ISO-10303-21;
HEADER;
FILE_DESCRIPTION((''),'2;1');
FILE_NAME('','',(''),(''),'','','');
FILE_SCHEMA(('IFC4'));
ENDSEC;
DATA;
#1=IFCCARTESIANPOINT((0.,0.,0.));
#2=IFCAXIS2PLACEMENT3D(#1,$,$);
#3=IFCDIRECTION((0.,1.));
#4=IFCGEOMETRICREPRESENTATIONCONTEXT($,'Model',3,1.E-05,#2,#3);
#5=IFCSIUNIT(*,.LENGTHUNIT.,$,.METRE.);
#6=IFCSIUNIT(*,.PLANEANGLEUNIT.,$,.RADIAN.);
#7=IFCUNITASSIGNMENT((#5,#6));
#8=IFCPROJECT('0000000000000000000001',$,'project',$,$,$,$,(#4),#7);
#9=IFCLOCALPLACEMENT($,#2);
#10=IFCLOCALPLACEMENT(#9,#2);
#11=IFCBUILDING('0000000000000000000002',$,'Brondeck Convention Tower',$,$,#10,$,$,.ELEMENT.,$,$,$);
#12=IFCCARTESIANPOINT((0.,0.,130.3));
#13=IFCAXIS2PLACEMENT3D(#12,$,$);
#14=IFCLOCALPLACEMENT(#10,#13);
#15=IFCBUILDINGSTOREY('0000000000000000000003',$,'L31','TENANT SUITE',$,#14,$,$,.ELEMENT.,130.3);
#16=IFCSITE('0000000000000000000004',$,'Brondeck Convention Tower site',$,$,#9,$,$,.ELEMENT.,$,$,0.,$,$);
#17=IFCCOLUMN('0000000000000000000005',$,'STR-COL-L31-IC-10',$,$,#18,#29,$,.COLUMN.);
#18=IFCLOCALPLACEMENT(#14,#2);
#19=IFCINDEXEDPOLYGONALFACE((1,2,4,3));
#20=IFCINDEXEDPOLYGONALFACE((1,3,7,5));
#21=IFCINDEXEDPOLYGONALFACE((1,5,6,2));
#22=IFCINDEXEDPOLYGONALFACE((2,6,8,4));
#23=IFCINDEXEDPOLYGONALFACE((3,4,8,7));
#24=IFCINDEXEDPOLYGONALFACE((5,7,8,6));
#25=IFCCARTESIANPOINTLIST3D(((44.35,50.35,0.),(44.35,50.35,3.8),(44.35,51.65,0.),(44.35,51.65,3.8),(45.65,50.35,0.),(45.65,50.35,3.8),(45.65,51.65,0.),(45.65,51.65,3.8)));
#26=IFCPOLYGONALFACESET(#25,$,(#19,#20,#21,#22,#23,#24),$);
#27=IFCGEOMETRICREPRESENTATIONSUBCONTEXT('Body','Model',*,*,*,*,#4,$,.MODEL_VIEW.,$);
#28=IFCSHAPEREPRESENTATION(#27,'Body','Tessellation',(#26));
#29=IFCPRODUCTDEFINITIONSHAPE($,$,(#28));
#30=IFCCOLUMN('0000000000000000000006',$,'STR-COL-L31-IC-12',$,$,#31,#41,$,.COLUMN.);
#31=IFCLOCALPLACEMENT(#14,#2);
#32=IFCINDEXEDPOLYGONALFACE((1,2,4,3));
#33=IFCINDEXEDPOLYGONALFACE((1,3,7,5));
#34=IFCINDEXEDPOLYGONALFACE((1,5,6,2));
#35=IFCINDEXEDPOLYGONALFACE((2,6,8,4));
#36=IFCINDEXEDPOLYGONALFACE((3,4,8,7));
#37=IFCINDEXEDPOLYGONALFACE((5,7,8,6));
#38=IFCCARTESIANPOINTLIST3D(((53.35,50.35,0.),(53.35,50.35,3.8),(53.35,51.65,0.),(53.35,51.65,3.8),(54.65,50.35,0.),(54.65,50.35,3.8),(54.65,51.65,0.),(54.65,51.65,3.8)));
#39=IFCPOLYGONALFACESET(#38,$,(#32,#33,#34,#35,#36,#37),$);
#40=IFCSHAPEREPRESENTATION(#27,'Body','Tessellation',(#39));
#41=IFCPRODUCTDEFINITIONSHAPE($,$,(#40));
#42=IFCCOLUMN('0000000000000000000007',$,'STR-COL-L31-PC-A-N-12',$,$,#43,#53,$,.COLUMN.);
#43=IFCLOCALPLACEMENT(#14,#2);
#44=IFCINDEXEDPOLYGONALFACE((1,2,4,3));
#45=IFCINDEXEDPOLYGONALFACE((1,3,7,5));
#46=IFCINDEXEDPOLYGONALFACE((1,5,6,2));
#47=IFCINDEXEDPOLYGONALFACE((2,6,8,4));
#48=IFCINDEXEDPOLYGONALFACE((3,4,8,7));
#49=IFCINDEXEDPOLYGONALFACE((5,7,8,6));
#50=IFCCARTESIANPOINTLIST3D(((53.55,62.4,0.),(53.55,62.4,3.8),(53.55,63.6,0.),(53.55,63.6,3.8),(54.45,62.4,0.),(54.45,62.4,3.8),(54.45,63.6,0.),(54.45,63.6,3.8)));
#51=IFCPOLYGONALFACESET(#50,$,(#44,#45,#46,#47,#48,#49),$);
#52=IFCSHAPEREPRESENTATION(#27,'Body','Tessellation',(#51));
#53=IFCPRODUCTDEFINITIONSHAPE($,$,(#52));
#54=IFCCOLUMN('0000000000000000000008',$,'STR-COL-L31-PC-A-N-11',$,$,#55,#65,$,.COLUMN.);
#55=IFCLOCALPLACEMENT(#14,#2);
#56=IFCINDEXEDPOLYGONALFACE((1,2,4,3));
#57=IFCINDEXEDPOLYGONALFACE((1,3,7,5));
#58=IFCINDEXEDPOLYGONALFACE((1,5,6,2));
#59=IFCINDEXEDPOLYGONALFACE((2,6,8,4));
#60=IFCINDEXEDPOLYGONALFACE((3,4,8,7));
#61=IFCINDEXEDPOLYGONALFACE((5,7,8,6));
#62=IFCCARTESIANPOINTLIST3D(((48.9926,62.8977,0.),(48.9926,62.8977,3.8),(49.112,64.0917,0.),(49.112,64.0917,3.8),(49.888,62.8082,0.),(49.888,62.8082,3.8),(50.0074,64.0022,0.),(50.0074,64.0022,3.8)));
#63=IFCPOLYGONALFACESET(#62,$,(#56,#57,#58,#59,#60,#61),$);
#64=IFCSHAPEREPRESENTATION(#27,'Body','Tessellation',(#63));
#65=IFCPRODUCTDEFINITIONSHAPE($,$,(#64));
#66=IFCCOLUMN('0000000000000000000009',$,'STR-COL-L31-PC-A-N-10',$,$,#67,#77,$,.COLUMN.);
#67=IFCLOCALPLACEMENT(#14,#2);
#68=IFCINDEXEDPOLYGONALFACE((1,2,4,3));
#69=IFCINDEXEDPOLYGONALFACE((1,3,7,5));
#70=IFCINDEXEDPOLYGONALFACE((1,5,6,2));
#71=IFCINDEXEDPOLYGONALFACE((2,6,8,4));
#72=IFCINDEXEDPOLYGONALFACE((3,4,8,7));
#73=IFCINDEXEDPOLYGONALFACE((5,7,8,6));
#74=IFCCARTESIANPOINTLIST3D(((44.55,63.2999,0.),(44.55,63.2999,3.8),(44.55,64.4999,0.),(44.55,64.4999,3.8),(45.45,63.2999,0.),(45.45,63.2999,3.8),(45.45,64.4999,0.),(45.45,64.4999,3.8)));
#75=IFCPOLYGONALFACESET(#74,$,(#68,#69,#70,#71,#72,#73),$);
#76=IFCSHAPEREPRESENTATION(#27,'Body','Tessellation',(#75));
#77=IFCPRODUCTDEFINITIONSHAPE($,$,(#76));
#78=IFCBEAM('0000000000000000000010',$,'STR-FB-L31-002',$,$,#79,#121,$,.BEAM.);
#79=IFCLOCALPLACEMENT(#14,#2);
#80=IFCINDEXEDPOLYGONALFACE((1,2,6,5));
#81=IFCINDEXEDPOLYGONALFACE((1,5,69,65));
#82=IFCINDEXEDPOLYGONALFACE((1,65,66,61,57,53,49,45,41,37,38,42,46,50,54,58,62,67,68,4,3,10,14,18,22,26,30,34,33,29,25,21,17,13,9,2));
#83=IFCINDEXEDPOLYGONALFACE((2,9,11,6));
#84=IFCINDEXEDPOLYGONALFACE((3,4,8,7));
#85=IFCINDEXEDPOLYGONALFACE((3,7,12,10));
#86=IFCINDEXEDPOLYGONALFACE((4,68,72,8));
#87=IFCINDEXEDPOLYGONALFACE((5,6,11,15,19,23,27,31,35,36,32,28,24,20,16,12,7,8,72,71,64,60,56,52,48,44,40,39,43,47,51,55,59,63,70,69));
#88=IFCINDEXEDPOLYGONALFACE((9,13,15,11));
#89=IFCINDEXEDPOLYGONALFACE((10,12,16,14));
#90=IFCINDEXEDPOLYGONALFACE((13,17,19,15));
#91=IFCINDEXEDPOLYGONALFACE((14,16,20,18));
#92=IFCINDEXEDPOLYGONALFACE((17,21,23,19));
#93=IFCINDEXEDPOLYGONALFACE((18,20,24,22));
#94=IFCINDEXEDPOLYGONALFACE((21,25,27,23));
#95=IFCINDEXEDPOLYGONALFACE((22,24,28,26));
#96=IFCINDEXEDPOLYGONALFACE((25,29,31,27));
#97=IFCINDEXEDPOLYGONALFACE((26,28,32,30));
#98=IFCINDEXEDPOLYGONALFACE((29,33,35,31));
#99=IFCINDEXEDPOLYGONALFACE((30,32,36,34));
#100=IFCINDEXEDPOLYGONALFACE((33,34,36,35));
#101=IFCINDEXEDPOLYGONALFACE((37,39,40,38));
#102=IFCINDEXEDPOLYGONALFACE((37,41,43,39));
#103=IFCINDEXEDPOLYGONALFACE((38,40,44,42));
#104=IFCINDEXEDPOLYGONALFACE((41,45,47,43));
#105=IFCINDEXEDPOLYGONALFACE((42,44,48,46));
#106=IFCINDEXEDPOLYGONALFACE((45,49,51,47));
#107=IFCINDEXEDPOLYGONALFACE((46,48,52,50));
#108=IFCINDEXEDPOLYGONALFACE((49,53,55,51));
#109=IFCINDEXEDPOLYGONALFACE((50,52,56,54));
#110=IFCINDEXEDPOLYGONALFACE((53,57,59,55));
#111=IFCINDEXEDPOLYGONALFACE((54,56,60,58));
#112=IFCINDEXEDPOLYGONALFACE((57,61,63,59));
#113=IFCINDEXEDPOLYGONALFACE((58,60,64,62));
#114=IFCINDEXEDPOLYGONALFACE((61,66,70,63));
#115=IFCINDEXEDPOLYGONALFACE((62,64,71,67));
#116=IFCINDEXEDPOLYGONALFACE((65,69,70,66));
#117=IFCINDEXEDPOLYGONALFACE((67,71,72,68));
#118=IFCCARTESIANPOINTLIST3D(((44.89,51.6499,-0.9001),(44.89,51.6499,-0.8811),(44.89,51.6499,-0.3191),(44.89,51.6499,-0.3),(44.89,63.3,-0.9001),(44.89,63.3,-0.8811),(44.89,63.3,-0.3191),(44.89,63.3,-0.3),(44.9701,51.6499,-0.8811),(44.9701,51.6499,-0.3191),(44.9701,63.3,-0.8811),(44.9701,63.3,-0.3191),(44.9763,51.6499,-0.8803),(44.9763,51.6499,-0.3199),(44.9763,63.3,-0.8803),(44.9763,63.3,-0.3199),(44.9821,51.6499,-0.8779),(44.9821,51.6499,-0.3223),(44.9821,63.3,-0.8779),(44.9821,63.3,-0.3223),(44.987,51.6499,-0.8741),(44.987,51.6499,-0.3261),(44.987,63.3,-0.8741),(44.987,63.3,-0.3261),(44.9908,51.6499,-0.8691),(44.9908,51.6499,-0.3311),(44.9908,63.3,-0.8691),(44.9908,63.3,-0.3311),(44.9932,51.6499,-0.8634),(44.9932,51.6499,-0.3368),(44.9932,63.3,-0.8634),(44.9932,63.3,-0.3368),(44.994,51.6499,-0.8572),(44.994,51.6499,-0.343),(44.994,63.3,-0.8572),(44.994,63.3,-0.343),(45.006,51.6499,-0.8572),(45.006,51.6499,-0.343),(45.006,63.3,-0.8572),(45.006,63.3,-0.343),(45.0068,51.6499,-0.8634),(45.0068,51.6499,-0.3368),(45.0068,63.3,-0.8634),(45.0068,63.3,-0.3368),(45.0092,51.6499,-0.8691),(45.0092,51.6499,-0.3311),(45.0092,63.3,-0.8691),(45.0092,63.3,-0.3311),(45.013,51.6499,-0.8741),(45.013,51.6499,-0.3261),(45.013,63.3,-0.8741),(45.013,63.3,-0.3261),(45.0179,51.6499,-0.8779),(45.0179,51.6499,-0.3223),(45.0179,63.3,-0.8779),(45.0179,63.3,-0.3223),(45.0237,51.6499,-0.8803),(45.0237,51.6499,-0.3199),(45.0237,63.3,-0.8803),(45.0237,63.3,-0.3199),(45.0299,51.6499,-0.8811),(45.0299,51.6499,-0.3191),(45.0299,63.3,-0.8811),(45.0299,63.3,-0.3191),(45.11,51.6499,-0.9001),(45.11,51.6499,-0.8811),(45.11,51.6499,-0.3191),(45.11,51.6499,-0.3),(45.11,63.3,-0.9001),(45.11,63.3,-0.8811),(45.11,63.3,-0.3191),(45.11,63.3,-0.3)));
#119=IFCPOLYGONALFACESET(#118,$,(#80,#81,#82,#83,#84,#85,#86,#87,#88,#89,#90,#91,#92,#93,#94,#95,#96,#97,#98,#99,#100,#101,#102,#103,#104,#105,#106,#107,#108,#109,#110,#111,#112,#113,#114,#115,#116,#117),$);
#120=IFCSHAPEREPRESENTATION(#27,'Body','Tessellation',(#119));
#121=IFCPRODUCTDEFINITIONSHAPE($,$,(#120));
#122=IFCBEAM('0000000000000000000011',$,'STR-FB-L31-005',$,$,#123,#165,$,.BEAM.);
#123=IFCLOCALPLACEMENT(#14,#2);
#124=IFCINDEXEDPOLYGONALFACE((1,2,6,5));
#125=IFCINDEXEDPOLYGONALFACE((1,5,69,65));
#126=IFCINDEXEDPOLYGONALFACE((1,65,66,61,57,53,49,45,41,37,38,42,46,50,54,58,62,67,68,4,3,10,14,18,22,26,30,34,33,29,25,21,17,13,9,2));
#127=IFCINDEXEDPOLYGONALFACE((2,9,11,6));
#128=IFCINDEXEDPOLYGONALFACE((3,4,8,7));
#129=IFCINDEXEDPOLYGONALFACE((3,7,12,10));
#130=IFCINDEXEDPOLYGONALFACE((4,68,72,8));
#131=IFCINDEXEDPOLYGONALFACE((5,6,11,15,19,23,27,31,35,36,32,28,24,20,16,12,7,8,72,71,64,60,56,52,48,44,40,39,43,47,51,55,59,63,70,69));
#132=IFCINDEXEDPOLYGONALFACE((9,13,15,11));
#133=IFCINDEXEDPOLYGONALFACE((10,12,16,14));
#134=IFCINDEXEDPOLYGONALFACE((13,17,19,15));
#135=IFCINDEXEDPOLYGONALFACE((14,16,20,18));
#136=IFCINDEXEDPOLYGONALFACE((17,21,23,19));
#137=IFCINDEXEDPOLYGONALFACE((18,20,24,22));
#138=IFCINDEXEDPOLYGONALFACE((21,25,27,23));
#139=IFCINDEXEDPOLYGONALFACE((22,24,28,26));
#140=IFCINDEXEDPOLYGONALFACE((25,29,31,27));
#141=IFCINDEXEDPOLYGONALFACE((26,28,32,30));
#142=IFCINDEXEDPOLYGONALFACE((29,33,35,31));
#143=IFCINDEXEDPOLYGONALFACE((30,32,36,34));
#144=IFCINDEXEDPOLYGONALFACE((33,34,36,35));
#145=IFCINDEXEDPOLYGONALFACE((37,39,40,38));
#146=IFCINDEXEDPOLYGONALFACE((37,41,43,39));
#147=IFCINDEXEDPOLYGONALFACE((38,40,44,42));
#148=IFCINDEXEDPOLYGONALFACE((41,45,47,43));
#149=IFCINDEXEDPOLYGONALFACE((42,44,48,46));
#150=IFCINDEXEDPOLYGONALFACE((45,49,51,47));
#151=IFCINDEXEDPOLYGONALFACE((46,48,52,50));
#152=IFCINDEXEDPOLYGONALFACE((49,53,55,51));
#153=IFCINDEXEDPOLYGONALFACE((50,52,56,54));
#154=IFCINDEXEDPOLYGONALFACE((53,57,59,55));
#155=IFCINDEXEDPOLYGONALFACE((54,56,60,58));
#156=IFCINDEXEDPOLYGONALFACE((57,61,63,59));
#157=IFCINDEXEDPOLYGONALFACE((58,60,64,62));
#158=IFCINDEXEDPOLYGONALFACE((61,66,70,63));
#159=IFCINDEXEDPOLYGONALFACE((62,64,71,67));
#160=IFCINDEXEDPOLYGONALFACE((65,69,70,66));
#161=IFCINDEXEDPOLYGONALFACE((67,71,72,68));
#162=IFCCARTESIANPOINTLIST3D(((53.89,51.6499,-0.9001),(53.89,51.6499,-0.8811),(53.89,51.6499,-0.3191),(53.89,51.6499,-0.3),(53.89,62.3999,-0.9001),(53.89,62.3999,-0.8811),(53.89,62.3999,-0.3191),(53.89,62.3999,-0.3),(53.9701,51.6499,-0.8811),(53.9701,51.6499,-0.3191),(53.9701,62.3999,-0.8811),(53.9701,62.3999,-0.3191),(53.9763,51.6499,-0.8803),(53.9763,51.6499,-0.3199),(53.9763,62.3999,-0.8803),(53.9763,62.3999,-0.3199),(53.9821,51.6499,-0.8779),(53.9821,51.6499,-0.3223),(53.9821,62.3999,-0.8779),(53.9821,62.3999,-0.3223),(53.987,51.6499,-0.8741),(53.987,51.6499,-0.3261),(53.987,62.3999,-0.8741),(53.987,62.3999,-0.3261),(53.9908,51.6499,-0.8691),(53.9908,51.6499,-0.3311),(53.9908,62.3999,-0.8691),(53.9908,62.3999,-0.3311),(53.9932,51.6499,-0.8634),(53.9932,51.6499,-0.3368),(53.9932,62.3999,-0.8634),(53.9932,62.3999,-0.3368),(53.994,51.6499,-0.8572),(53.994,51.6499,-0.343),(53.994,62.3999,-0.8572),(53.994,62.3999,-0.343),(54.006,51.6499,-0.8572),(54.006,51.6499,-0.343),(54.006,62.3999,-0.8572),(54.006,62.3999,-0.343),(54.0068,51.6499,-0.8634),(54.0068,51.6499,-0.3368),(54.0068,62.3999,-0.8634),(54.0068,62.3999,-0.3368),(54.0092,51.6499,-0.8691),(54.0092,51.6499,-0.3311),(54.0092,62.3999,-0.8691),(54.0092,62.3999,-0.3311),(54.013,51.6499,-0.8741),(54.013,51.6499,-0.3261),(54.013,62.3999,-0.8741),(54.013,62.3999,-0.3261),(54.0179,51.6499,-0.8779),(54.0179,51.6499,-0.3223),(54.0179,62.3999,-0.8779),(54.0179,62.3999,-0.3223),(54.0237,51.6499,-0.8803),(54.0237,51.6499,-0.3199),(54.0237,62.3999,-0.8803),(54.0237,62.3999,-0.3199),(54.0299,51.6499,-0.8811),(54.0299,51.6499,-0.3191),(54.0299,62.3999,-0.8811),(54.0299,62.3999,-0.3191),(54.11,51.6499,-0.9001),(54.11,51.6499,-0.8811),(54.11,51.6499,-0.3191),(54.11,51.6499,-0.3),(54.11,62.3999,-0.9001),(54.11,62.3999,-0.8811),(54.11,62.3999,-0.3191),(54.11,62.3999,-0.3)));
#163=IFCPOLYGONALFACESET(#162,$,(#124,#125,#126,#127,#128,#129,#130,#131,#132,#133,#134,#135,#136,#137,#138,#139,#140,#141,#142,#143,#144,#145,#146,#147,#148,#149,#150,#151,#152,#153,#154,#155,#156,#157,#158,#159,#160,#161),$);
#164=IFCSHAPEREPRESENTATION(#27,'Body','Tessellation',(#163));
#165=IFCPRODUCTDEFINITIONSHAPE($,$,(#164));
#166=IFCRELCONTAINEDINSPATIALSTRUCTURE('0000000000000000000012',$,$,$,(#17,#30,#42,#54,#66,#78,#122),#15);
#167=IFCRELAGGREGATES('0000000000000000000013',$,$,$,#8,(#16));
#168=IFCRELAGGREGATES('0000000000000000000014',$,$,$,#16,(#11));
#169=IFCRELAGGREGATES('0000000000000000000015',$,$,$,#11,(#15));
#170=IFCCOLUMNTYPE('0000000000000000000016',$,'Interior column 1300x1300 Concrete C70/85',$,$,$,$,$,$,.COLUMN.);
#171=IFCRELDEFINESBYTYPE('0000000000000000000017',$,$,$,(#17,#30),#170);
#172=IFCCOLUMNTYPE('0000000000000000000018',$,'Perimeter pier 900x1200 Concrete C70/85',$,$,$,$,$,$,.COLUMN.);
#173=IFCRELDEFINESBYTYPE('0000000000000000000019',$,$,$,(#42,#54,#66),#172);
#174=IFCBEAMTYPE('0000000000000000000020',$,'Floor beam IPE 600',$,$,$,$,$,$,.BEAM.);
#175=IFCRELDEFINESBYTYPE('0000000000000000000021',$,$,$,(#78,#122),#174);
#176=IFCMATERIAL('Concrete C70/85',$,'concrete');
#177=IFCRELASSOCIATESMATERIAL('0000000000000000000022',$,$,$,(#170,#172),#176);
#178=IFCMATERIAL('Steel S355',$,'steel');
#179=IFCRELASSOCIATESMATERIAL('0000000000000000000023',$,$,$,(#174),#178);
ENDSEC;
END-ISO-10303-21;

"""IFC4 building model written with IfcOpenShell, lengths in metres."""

from ifc_helpers import new_model, si_unit, direction, frame, origin, origin_2d, place, context, subcontext, project, spatial, rectangle, i_section, extrude, material, material_profile, profile_set, type_object, element, save


model = new_model("IFC4")

# Units and contexts
model_context = context("Model", 3, precision=1e-05, world=origin(), true_north=direction((0.0, 1.0)))
body_context = subcontext(model_context, "Body", "Model", "MODEL_VIEW")
ifc_project = project(units=[si_unit("LENGTHUNIT", "METRE"), si_unit("PLANEANGLEUNIT", "RADIAN")], contexts=[model_context])

# Site, building, storey
site_placement = place(None, origin())
site = spatial("IfcSite", under=ifc_project, at=site_placement, Name="Brondeck Convention Tower site", CompositionType="ELEMENT", RefElevation=0.0)
building_placement = place(site_placement, origin())
building = spatial("IfcBuilding", under=site, at=building_placement, Name="Brondeck Convention Tower", CompositionType="ELEMENT")
storey_placement = place(building_placement, frame((0.0, 0.0, 130.3)))
storey = spatial("IfcBuildingStorey", under=building, at=storey_placement, Name="L31", Description="TENANT SUITE", CompositionType="ELEMENT", Elevation=130.3)

# Columns
ifc_material_1 = material(Name="Concrete C70/85", Category="concrete")
ifc_material_profile_1 = material_profile(ifc_material_1, rectangle(XDim=1.3, YDim=1.3, at=origin_2d()), Name="Interior column 1300x1300 Concrete C70/85")
ifc_profile_set_1 = profile_set([ifc_material_profile_1], Name="Concrete C70/85")
column_type_1 = type_object("IfcColumnType", Name="Interior column 1300x1300 Concrete C70/85", PredefinedType="COLUMN", material=ifc_profile_set_1)
for number, where, z_axis, x_axis, name in (
    (1, (45.0, 51.0, 0.0), (0.0, 0.0, 1.0), (1.0, 0.0, 0.0), "STR-COL-L31-IC-10"),
    (2, (54.0, 51.0, 0.0), (0.0, 0.0, 1.0), (1.0, 0.0, 0.0), "STR-COL-L31-IC-12"),
):
    element("IfcColumn", number, at=place(storey_placement, frame(where, z_axis=z_axis, x_axis=x_axis)), inside=storey, type_object=column_type_1, Name=name, PredefinedType="COLUMN", context=body_context, shape_type="SweptSolid", body=[
        extrude(rectangle(XDim=1.3, YDim=1.3, at=origin_2d()), origin(), (0.0, 0.0, 1.0), 3.8),
    ])
ifc_material_profile_2 = material_profile(ifc_material_1, rectangle(XDim=0.8999, YDim=1.2, at=origin_2d()), Name="Perimeter pier 900x1200 Concrete C70/85")
ifc_profile_set_2 = profile_set([ifc_material_profile_2], Name="Concrete C70/85")
column_type_2 = type_object("IfcColumnType", Name="Perimeter pier 900x1200 Concrete C70/85", PredefinedType="COLUMN", material=ifc_profile_set_2)
for number, where, z_axis, x_axis, name in (
    (3, (54.0, 63.0, 0.0), (0.0, 0.0, 1.0), (-1.0, 0.0, 0.0), "STR-COL-L31-PC-A-N-12"),
    (4, (49.5, 63.45, 0.0), (0.0, 0.0, 1.0), (-0.995037, 0.099504, 0.0), "STR-COL-L31-PC-A-N-11"),
    (5, (45.0, 63.8999, 0.0), (0.0, 0.0, 1.0), (-1.0, 0.0, 0.0), "STR-COL-L31-PC-A-N-10"),
):
    element("IfcColumn", number, at=place(storey_placement, frame(where, z_axis=z_axis, x_axis=x_axis)), inside=storey, type_object=column_type_2, Name=name, PredefinedType="COLUMN", context=body_context, shape_type="SweptSolid", body=[
        extrude(rectangle(XDim=0.8999, YDim=1.2, at=origin_2d()), origin(), (0.0, 0.0, 1.0), 3.8),
    ])

# Beams
ifc_material_2 = material(Name="Steel S355", Category="steel")
ifc_material_profile_3 = material_profile(ifc_material_2, i_section(OverallWidth=0.22, OverallDepth=0.6001, WebThickness=0.012, FlangeThickness=0.019, FilletRadius=0.0239, at=origin_2d()), Name="IPE 600")
ifc_profile_set_3 = profile_set([ifc_material_profile_3], Name="Steel S355")
beam_type_1 = type_object("IfcBeamType", Name="Floor beam IPE 600", PredefinedType="BEAM", material=ifc_profile_set_3)
beam_1_placement = place(storey_placement, frame((45.0, 51.6499, -0.6001), z_axis=(0.0, 1.0, 0.0), x_axis=(-1.0, 0.0, 0.0)))
element("IfcBeam", 6, at=beam_1_placement, inside=storey, type_object=beam_type_1, Name="STR-FB-L31-002", PredefinedType="BEAM", context=body_context, shape_type="SweptSolid", body=[
    extrude(i_section(OverallWidth=0.22, OverallDepth=0.6001, WebThickness=0.012, FlangeThickness=0.019, FilletRadius=0.0239, at=origin_2d()), origin(), (0.0, 0.0, 1.0), 11.6501),
])
beam_2_placement = place(storey_placement, frame((54.0, 51.6499, -0.6001), z_axis=(0.0, 1.0, 0.0), x_axis=(-1.0, 0.0, 0.0)))
element("IfcBeam", 7, at=beam_2_placement, inside=storey, type_object=beam_type_1, Name="STR-FB-L31-005", PredefinedType="BEAM", context=body_context, shape_type="SweptSolid", body=[
    extrude(i_section(OverallWidth=0.22, OverallDepth=0.6001, WebThickness=0.012, FlangeThickness=0.019, FilletRadius=0.0239, at=origin_2d()), origin(), (0.0, 0.0, 1.0), 10.75),
])

save(model, "model.ifc")
